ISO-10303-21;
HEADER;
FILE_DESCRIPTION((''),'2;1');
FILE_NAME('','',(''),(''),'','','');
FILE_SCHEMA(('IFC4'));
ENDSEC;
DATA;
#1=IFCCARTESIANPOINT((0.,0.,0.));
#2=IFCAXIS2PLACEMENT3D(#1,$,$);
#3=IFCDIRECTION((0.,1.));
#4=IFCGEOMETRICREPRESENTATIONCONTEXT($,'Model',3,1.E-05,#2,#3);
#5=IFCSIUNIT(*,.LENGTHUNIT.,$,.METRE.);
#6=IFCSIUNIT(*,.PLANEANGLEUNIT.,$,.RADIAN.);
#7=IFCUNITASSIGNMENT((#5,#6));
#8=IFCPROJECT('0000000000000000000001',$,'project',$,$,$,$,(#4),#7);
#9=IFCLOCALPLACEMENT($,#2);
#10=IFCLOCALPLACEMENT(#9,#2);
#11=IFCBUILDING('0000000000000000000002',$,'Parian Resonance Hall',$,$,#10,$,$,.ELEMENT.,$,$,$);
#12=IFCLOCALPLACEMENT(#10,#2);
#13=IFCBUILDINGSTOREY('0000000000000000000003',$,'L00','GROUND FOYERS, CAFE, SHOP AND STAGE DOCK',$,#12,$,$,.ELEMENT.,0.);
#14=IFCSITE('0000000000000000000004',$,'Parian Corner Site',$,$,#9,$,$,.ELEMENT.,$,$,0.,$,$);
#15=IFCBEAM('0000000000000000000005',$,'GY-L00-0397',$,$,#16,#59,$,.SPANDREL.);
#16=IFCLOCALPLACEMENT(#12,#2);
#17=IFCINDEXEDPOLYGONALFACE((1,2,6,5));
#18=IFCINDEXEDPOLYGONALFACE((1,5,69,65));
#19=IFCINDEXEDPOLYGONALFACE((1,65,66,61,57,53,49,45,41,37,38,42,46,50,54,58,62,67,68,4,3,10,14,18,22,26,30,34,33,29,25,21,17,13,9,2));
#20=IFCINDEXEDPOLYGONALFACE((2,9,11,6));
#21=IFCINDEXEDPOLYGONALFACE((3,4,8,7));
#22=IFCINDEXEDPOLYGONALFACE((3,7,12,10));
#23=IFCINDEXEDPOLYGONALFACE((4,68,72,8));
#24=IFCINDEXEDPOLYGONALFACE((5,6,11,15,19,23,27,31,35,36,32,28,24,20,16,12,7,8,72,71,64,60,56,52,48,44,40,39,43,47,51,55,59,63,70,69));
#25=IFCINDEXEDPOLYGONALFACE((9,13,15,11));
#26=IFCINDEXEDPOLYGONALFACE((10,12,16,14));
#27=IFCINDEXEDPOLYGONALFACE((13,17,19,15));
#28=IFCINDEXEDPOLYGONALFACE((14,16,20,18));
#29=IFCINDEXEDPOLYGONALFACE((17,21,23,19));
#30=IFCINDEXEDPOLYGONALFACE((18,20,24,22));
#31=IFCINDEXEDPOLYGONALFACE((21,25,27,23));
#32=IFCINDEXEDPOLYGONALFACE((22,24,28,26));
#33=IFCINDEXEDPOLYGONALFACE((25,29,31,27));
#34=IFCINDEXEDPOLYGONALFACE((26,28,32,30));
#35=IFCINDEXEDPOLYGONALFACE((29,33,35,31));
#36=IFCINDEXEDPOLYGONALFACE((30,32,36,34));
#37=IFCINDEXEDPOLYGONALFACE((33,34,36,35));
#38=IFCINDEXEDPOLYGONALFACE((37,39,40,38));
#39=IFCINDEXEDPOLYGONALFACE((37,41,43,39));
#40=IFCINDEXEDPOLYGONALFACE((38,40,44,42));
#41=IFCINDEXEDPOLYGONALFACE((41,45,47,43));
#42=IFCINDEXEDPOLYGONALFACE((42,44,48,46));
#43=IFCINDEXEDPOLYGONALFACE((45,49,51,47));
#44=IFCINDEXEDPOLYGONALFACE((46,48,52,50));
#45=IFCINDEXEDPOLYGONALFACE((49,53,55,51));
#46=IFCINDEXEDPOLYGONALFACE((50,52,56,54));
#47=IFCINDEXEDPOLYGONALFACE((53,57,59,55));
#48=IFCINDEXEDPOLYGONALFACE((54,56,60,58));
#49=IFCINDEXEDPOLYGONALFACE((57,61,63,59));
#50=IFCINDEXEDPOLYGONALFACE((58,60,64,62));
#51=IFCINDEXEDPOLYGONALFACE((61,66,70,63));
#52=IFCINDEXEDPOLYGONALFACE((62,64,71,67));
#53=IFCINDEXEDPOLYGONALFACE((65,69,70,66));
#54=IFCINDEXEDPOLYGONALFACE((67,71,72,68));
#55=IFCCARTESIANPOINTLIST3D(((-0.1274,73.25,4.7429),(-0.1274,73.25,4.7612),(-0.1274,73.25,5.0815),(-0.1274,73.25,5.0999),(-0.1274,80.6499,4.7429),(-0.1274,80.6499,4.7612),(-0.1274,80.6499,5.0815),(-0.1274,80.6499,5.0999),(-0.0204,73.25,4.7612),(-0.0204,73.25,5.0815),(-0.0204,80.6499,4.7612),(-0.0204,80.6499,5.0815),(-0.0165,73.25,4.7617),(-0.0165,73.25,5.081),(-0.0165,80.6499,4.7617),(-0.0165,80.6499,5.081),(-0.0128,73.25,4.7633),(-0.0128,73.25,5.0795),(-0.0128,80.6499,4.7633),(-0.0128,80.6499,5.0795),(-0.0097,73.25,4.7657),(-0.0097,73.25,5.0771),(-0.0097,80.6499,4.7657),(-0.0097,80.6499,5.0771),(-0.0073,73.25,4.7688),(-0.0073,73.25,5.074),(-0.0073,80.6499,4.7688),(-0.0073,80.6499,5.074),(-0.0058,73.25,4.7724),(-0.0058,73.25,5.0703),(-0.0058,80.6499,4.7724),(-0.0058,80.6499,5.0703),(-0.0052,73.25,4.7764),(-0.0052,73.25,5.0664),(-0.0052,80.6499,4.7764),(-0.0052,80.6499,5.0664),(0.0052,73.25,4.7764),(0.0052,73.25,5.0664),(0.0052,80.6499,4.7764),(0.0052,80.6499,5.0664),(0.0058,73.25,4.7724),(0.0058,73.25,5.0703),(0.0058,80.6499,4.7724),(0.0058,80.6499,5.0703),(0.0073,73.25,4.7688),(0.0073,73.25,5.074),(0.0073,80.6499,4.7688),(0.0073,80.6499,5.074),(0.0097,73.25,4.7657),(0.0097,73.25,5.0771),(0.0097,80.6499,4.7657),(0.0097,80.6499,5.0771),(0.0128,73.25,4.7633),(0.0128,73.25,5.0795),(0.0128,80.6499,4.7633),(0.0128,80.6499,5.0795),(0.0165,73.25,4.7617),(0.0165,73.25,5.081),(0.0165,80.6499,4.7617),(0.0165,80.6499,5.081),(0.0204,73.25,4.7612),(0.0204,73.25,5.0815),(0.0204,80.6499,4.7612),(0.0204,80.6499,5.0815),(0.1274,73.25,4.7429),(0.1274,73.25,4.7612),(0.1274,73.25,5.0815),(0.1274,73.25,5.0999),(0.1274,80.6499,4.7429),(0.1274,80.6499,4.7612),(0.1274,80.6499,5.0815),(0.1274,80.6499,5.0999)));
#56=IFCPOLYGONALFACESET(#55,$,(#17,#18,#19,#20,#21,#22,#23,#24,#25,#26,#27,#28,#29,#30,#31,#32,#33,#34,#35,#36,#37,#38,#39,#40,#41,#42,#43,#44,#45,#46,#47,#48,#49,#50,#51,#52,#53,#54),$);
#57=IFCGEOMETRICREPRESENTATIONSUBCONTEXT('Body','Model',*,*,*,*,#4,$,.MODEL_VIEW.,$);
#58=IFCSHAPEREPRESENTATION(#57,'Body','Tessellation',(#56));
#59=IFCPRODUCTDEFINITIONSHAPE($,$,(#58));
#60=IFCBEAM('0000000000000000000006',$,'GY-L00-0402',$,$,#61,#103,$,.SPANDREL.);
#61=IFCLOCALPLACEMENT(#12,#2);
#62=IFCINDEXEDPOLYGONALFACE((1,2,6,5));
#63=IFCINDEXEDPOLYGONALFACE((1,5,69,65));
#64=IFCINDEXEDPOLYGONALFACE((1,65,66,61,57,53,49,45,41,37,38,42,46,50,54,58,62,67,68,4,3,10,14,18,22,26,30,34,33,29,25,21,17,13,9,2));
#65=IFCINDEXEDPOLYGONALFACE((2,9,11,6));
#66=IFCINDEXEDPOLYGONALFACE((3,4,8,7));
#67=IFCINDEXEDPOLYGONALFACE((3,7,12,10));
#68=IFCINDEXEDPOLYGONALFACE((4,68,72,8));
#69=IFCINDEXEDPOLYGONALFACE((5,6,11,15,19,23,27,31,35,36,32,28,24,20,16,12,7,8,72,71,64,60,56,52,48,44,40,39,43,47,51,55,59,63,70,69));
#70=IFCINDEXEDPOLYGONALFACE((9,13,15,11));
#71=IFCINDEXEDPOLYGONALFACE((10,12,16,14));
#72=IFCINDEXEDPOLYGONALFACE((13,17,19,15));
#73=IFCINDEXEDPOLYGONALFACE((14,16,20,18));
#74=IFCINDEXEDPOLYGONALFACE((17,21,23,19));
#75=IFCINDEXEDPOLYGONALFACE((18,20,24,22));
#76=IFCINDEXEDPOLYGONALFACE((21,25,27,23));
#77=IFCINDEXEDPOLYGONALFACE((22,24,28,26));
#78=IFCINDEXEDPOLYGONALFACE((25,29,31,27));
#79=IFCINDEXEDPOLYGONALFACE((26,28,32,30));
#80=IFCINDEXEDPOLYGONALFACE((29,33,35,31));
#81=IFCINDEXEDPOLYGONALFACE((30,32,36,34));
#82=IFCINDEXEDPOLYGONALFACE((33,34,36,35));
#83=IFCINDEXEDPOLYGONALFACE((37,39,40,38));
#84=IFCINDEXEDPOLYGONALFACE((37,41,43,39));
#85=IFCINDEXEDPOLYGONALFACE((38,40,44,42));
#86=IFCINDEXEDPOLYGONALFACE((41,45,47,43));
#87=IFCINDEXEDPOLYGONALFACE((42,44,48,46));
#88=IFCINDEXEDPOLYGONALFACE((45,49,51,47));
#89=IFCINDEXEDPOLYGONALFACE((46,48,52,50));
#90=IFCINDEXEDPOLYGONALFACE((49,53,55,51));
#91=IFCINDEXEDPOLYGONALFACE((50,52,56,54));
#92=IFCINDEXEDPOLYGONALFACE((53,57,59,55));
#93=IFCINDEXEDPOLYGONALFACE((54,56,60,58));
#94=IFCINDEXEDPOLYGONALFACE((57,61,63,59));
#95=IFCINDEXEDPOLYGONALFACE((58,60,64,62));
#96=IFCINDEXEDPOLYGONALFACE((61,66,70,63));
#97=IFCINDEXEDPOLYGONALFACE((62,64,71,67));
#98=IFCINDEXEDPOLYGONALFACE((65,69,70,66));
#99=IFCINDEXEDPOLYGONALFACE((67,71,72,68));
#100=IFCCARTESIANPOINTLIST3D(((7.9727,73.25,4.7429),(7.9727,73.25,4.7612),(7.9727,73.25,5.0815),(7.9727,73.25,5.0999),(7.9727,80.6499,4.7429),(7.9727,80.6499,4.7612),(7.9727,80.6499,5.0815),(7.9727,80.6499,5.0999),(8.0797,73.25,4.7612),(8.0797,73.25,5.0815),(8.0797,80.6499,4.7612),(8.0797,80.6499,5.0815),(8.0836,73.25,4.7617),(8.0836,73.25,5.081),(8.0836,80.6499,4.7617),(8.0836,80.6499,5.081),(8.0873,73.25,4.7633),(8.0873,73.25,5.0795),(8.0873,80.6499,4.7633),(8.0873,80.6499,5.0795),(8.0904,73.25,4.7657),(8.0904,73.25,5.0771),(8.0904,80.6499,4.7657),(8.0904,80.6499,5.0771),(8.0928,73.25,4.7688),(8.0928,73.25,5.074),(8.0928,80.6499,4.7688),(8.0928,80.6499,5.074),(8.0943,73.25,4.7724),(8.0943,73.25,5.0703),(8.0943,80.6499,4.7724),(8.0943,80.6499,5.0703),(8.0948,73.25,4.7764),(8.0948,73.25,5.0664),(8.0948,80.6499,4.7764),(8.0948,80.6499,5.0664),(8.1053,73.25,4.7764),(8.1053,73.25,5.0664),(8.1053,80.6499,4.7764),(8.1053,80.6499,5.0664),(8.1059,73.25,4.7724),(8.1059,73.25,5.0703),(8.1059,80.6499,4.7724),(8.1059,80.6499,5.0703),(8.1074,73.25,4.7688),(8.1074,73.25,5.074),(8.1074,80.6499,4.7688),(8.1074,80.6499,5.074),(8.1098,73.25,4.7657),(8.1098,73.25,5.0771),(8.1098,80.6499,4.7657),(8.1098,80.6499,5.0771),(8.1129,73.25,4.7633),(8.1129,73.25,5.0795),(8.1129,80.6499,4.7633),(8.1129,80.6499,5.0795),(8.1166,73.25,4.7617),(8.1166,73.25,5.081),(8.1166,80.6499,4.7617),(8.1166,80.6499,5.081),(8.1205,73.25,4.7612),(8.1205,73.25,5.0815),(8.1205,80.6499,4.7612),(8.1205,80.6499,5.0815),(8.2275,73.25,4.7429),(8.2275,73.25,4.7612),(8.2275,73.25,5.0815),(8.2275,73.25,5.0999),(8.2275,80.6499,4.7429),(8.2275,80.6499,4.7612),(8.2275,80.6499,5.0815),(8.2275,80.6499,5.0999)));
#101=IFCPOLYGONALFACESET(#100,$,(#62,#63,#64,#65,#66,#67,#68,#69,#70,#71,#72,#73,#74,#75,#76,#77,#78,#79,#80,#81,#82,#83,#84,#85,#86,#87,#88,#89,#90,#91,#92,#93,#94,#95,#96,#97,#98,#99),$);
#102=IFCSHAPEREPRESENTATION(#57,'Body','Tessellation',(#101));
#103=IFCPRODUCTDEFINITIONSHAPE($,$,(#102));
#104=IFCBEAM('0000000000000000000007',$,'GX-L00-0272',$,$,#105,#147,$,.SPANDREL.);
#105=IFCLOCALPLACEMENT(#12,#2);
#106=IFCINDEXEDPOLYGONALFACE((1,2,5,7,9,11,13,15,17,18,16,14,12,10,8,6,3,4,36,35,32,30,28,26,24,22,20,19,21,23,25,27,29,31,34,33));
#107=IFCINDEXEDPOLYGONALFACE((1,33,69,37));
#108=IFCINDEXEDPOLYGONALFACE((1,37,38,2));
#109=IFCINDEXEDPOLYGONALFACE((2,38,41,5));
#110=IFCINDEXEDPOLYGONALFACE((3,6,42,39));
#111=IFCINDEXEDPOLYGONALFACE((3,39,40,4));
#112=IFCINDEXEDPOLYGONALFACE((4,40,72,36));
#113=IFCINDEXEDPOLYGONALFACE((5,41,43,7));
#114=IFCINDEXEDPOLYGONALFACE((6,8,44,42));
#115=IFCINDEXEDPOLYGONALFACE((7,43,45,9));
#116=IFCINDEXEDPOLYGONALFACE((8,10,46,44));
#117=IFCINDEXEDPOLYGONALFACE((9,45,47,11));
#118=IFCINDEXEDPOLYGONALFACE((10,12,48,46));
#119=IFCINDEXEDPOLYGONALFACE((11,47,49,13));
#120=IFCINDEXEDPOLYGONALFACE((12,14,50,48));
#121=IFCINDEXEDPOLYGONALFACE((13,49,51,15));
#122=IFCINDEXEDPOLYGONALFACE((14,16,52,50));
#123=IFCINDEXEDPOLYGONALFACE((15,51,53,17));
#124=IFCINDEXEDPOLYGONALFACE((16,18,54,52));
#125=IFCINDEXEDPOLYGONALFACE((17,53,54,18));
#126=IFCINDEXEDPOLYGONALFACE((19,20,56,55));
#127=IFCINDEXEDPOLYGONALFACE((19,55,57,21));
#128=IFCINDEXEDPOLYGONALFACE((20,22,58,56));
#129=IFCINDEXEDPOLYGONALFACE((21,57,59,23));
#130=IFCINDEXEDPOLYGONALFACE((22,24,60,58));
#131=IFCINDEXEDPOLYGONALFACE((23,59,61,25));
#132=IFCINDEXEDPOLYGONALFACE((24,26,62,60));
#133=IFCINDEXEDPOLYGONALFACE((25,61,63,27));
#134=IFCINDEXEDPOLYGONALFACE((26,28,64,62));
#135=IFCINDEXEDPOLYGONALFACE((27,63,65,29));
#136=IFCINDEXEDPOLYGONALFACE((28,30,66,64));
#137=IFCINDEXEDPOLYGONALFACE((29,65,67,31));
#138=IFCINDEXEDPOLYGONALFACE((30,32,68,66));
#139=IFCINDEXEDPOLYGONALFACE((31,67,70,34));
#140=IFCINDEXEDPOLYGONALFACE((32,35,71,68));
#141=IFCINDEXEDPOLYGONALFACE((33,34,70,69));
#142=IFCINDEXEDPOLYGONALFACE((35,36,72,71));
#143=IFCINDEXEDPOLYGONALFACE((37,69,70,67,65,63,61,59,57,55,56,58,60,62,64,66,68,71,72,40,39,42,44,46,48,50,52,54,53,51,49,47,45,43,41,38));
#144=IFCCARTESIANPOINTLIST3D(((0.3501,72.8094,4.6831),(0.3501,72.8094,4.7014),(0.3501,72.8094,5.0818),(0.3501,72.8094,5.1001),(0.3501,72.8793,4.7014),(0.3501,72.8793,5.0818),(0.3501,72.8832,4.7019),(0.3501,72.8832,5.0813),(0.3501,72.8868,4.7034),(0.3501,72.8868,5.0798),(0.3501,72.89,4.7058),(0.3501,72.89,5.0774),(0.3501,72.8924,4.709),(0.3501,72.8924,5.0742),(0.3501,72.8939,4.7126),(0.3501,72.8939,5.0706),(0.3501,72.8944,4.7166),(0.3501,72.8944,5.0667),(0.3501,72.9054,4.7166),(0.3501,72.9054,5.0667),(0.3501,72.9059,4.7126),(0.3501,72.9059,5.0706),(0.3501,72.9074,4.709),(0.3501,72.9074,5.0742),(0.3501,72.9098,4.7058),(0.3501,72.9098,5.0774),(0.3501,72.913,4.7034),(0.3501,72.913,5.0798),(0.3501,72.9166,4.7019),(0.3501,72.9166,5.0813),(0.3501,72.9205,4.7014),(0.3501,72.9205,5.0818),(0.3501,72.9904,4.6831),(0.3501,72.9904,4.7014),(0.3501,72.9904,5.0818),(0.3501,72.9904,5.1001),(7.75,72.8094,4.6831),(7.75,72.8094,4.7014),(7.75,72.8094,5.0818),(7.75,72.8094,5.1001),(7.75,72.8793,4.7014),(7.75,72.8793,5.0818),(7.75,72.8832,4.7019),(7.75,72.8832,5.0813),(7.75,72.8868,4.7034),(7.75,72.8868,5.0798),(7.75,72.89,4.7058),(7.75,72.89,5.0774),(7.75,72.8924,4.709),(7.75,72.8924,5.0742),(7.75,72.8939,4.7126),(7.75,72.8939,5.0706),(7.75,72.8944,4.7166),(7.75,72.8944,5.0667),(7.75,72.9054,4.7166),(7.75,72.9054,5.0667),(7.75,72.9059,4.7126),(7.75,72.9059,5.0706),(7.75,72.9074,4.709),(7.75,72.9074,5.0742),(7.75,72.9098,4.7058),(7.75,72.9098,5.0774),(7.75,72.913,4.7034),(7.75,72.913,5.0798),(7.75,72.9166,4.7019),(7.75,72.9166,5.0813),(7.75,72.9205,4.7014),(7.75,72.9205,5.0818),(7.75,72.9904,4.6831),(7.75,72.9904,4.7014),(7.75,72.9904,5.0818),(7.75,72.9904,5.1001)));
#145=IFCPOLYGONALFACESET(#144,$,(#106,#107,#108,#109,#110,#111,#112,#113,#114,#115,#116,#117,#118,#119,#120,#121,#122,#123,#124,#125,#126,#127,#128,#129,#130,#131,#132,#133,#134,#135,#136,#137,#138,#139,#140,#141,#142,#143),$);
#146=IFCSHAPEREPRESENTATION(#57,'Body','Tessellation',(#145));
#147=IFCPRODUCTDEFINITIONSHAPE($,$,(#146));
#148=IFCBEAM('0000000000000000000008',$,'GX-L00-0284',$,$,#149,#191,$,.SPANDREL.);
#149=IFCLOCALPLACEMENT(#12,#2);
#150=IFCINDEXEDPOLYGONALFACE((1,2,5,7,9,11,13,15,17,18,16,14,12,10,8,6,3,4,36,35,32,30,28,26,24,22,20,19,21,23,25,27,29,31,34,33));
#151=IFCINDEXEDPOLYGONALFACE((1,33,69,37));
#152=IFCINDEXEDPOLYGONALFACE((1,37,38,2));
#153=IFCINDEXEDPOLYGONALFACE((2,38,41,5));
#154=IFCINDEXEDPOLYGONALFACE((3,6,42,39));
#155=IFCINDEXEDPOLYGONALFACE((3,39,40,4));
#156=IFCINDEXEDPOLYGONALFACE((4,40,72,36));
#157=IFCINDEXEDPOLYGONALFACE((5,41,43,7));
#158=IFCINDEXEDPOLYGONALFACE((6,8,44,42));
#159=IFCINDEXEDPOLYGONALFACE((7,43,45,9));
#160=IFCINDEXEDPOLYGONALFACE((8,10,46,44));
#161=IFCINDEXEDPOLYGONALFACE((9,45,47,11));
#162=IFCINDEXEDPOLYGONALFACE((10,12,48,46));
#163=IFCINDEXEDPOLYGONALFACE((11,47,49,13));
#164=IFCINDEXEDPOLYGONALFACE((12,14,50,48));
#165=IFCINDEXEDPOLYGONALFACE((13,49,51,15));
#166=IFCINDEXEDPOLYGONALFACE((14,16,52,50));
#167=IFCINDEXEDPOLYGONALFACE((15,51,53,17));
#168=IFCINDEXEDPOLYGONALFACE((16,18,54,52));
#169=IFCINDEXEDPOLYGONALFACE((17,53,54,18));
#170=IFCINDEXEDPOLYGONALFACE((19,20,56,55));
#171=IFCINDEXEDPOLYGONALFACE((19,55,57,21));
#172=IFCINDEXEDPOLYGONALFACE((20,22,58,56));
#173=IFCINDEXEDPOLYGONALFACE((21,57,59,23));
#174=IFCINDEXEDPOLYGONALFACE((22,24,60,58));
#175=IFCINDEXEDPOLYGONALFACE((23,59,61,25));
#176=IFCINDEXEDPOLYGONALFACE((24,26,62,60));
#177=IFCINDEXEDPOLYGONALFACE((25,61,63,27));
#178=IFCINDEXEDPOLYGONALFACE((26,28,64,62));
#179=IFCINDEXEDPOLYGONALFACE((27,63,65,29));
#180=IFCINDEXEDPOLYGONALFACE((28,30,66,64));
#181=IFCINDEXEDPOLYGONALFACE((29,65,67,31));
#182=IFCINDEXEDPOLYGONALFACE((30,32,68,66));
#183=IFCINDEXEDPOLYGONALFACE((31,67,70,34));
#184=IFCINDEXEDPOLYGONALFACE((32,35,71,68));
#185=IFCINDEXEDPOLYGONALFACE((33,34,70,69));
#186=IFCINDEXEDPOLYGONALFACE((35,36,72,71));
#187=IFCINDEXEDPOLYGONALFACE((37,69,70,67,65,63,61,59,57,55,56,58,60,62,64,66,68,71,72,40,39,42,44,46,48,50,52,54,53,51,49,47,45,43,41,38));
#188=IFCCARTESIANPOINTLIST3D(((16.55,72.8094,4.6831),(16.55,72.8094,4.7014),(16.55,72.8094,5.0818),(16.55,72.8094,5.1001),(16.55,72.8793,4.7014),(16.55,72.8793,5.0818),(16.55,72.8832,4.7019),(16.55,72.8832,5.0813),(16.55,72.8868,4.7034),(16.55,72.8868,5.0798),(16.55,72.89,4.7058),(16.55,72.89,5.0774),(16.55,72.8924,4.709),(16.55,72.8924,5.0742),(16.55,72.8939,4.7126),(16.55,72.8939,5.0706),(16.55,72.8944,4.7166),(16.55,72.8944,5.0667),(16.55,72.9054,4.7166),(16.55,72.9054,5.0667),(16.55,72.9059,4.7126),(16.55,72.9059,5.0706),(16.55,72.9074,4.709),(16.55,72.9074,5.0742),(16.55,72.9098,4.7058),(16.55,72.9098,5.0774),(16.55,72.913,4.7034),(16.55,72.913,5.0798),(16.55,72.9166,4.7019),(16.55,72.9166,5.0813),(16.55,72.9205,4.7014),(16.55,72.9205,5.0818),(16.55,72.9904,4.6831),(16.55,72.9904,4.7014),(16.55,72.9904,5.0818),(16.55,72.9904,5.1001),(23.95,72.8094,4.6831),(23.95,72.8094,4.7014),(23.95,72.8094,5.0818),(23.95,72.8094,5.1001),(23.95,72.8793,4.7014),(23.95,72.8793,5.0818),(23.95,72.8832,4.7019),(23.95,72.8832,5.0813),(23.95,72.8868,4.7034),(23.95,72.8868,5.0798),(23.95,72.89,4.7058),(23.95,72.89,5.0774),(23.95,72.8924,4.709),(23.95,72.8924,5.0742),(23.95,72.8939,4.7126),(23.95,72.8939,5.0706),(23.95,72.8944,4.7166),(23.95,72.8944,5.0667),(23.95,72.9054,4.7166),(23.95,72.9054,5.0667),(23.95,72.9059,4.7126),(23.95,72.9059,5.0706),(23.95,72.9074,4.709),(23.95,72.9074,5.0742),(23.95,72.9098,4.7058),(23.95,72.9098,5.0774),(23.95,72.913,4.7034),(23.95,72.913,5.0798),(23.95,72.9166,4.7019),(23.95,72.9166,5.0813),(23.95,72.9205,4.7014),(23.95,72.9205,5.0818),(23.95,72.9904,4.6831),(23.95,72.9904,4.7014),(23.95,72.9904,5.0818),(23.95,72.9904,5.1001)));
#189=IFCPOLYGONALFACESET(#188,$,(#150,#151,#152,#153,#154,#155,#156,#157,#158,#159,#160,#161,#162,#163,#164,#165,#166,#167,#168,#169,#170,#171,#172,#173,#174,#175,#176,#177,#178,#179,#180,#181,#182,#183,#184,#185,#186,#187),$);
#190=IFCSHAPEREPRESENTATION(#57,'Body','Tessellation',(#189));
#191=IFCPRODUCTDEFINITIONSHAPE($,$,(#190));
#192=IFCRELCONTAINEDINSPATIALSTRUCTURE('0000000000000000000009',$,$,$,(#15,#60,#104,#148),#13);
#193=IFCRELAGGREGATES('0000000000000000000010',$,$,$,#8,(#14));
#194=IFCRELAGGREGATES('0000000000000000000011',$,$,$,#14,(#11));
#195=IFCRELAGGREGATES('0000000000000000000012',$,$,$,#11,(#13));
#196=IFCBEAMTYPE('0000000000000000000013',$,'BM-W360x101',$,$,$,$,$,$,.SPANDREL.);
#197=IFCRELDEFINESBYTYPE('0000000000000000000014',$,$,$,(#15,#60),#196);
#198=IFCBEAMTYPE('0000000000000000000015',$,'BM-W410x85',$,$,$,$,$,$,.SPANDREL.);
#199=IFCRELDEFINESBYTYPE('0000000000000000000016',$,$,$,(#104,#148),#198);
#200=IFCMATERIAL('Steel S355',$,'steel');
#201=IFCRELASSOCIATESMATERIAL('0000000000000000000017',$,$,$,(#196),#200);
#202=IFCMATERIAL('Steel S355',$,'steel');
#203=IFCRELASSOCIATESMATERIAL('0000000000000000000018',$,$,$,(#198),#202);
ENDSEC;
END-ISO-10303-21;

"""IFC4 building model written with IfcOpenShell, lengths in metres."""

from ifc_helpers import new_model, si_unit, direction, frame, origin, origin_2d, place, context, subcontext, project, spatial, i_section, extrude, material, material_profile, profile_set, type_object, element, save


model = new_model("IFC4")

# Units and contexts
model_context = context("Model", 3, precision=1e-05, world=origin(), true_north=direction((0.0, 1.0)))
body_context = subcontext(model_context, "Body", "Model", "MODEL_VIEW")
ifc_project = project(units=[si_unit("LENGTHUNIT", "METRE"), si_unit("PLANEANGLEUNIT", "RADIAN")], contexts=[model_context])

# Site, building, storey
site_placement = place(None, origin())
site = spatial("IfcSite", under=ifc_project, at=site_placement, Name="Parian Corner Site", CompositionType="ELEMENT", RefElevation=0.0)
building_placement = place(site_placement, origin())
building = spatial("IfcBuilding", under=site, at=building_placement, Name="Parian Resonance Hall", CompositionType="ELEMENT")
storey_placement = place(building_placement, origin())
storey = spatial("IfcBuildingStorey", under=building, at=storey_placement, Name="L00", Description="GROUND FOYERS, CAFE, SHOP AND STAGE DOCK", CompositionType="ELEMENT", Elevation=0.0)

# Beams
ifc_material_1 = material(Name="Steel S355", Category="steel")
ifc_material_profile_1 = material_profile(ifc_material_1, i_section(OverallWidth=0.2549, OverallDepth=0.3569, WebThickness=0.0105, FlangeThickness=0.0183, FilletRadius=0.0151, at=origin_2d()), Name="W360x101")
ifc_profile_set_1 = profile_set([ifc_material_profile_1], Name="Steel S355")
beam_type_1 = type_object("IfcBeamType", Name="BM-W360x101", PredefinedType="SPANDREL", material=ifc_profile_set_1)
for number, where, z_axis, x_axis, name in (
    (1, (0.0, 73.25, 4.9214), (0.0, 1.0, 0.0), (-1.0, 0.0, 0.0), "GY-L00-0397"),
    (2, (8.1001, 73.25, 4.9214), (0.0, 1.0, 0.0), (-1.0, 0.0, 0.0), "GY-L00-0402"),
):
    element("IfcBeam", number, at=place(storey_placement, frame(where, z_axis=z_axis, x_axis=x_axis)), inside=storey, type_object=beam_type_1, Name=name, PredefinedType="SPANDREL", context=body_context, shape_type="SweptSolid", body=[
        extrude(i_section(OverallWidth=0.2549, OverallDepth=0.3569, WebThickness=0.0105, FlangeThickness=0.0183, FilletRadius=0.0151, at=origin_2d()), origin(), (0.0, 0.0, 1.0), 7.3999),
    ])
ifc_material_2 = material(Name="Steel S355", Category="steel")
ifc_material_profile_2 = material_profile(ifc_material_2, i_section(OverallWidth=0.1809, OverallDepth=0.417, WebThickness=0.011, FlangeThickness=0.0183, FilletRadius=0.0151, at=origin_2d()), Name="W410x85")
ifc_profile_set_2 = profile_set([ifc_material_profile_2], Name="Steel S355")
beam_type_2 = type_object("IfcBeamType", Name="BM-W410x85", PredefinedType="SPANDREL", material=ifc_profile_set_2)
for number, where, z_axis, x_axis, name in (
    (3, (0.3501, 72.8999, 4.8916), (1.0, 0.0, 0.0), (0.0, 1.0, 0.0), "GX-L00-0272"),
    (4, (16.55, 72.8999, 4.8916), (1.0, 0.0, 0.0), (0.0, 1.0, 0.0), "GX-L00-0284"),
):
    element("IfcBeam", number, at=place(storey_placement, frame(where, z_axis=z_axis, x_axis=x_axis)), inside=storey, type_object=beam_type_2, Name=name, PredefinedType="SPANDREL", context=body_context, shape_type="SweptSolid", body=[
        extrude(i_section(OverallWidth=0.1809, OverallDepth=0.417, WebThickness=0.011, FlangeThickness=0.0183, FilletRadius=0.0151, at=origin_2d()), origin(), (0.0, 0.0, 1.0), 7.3999),
    ])

save(model, "model.ifc")
